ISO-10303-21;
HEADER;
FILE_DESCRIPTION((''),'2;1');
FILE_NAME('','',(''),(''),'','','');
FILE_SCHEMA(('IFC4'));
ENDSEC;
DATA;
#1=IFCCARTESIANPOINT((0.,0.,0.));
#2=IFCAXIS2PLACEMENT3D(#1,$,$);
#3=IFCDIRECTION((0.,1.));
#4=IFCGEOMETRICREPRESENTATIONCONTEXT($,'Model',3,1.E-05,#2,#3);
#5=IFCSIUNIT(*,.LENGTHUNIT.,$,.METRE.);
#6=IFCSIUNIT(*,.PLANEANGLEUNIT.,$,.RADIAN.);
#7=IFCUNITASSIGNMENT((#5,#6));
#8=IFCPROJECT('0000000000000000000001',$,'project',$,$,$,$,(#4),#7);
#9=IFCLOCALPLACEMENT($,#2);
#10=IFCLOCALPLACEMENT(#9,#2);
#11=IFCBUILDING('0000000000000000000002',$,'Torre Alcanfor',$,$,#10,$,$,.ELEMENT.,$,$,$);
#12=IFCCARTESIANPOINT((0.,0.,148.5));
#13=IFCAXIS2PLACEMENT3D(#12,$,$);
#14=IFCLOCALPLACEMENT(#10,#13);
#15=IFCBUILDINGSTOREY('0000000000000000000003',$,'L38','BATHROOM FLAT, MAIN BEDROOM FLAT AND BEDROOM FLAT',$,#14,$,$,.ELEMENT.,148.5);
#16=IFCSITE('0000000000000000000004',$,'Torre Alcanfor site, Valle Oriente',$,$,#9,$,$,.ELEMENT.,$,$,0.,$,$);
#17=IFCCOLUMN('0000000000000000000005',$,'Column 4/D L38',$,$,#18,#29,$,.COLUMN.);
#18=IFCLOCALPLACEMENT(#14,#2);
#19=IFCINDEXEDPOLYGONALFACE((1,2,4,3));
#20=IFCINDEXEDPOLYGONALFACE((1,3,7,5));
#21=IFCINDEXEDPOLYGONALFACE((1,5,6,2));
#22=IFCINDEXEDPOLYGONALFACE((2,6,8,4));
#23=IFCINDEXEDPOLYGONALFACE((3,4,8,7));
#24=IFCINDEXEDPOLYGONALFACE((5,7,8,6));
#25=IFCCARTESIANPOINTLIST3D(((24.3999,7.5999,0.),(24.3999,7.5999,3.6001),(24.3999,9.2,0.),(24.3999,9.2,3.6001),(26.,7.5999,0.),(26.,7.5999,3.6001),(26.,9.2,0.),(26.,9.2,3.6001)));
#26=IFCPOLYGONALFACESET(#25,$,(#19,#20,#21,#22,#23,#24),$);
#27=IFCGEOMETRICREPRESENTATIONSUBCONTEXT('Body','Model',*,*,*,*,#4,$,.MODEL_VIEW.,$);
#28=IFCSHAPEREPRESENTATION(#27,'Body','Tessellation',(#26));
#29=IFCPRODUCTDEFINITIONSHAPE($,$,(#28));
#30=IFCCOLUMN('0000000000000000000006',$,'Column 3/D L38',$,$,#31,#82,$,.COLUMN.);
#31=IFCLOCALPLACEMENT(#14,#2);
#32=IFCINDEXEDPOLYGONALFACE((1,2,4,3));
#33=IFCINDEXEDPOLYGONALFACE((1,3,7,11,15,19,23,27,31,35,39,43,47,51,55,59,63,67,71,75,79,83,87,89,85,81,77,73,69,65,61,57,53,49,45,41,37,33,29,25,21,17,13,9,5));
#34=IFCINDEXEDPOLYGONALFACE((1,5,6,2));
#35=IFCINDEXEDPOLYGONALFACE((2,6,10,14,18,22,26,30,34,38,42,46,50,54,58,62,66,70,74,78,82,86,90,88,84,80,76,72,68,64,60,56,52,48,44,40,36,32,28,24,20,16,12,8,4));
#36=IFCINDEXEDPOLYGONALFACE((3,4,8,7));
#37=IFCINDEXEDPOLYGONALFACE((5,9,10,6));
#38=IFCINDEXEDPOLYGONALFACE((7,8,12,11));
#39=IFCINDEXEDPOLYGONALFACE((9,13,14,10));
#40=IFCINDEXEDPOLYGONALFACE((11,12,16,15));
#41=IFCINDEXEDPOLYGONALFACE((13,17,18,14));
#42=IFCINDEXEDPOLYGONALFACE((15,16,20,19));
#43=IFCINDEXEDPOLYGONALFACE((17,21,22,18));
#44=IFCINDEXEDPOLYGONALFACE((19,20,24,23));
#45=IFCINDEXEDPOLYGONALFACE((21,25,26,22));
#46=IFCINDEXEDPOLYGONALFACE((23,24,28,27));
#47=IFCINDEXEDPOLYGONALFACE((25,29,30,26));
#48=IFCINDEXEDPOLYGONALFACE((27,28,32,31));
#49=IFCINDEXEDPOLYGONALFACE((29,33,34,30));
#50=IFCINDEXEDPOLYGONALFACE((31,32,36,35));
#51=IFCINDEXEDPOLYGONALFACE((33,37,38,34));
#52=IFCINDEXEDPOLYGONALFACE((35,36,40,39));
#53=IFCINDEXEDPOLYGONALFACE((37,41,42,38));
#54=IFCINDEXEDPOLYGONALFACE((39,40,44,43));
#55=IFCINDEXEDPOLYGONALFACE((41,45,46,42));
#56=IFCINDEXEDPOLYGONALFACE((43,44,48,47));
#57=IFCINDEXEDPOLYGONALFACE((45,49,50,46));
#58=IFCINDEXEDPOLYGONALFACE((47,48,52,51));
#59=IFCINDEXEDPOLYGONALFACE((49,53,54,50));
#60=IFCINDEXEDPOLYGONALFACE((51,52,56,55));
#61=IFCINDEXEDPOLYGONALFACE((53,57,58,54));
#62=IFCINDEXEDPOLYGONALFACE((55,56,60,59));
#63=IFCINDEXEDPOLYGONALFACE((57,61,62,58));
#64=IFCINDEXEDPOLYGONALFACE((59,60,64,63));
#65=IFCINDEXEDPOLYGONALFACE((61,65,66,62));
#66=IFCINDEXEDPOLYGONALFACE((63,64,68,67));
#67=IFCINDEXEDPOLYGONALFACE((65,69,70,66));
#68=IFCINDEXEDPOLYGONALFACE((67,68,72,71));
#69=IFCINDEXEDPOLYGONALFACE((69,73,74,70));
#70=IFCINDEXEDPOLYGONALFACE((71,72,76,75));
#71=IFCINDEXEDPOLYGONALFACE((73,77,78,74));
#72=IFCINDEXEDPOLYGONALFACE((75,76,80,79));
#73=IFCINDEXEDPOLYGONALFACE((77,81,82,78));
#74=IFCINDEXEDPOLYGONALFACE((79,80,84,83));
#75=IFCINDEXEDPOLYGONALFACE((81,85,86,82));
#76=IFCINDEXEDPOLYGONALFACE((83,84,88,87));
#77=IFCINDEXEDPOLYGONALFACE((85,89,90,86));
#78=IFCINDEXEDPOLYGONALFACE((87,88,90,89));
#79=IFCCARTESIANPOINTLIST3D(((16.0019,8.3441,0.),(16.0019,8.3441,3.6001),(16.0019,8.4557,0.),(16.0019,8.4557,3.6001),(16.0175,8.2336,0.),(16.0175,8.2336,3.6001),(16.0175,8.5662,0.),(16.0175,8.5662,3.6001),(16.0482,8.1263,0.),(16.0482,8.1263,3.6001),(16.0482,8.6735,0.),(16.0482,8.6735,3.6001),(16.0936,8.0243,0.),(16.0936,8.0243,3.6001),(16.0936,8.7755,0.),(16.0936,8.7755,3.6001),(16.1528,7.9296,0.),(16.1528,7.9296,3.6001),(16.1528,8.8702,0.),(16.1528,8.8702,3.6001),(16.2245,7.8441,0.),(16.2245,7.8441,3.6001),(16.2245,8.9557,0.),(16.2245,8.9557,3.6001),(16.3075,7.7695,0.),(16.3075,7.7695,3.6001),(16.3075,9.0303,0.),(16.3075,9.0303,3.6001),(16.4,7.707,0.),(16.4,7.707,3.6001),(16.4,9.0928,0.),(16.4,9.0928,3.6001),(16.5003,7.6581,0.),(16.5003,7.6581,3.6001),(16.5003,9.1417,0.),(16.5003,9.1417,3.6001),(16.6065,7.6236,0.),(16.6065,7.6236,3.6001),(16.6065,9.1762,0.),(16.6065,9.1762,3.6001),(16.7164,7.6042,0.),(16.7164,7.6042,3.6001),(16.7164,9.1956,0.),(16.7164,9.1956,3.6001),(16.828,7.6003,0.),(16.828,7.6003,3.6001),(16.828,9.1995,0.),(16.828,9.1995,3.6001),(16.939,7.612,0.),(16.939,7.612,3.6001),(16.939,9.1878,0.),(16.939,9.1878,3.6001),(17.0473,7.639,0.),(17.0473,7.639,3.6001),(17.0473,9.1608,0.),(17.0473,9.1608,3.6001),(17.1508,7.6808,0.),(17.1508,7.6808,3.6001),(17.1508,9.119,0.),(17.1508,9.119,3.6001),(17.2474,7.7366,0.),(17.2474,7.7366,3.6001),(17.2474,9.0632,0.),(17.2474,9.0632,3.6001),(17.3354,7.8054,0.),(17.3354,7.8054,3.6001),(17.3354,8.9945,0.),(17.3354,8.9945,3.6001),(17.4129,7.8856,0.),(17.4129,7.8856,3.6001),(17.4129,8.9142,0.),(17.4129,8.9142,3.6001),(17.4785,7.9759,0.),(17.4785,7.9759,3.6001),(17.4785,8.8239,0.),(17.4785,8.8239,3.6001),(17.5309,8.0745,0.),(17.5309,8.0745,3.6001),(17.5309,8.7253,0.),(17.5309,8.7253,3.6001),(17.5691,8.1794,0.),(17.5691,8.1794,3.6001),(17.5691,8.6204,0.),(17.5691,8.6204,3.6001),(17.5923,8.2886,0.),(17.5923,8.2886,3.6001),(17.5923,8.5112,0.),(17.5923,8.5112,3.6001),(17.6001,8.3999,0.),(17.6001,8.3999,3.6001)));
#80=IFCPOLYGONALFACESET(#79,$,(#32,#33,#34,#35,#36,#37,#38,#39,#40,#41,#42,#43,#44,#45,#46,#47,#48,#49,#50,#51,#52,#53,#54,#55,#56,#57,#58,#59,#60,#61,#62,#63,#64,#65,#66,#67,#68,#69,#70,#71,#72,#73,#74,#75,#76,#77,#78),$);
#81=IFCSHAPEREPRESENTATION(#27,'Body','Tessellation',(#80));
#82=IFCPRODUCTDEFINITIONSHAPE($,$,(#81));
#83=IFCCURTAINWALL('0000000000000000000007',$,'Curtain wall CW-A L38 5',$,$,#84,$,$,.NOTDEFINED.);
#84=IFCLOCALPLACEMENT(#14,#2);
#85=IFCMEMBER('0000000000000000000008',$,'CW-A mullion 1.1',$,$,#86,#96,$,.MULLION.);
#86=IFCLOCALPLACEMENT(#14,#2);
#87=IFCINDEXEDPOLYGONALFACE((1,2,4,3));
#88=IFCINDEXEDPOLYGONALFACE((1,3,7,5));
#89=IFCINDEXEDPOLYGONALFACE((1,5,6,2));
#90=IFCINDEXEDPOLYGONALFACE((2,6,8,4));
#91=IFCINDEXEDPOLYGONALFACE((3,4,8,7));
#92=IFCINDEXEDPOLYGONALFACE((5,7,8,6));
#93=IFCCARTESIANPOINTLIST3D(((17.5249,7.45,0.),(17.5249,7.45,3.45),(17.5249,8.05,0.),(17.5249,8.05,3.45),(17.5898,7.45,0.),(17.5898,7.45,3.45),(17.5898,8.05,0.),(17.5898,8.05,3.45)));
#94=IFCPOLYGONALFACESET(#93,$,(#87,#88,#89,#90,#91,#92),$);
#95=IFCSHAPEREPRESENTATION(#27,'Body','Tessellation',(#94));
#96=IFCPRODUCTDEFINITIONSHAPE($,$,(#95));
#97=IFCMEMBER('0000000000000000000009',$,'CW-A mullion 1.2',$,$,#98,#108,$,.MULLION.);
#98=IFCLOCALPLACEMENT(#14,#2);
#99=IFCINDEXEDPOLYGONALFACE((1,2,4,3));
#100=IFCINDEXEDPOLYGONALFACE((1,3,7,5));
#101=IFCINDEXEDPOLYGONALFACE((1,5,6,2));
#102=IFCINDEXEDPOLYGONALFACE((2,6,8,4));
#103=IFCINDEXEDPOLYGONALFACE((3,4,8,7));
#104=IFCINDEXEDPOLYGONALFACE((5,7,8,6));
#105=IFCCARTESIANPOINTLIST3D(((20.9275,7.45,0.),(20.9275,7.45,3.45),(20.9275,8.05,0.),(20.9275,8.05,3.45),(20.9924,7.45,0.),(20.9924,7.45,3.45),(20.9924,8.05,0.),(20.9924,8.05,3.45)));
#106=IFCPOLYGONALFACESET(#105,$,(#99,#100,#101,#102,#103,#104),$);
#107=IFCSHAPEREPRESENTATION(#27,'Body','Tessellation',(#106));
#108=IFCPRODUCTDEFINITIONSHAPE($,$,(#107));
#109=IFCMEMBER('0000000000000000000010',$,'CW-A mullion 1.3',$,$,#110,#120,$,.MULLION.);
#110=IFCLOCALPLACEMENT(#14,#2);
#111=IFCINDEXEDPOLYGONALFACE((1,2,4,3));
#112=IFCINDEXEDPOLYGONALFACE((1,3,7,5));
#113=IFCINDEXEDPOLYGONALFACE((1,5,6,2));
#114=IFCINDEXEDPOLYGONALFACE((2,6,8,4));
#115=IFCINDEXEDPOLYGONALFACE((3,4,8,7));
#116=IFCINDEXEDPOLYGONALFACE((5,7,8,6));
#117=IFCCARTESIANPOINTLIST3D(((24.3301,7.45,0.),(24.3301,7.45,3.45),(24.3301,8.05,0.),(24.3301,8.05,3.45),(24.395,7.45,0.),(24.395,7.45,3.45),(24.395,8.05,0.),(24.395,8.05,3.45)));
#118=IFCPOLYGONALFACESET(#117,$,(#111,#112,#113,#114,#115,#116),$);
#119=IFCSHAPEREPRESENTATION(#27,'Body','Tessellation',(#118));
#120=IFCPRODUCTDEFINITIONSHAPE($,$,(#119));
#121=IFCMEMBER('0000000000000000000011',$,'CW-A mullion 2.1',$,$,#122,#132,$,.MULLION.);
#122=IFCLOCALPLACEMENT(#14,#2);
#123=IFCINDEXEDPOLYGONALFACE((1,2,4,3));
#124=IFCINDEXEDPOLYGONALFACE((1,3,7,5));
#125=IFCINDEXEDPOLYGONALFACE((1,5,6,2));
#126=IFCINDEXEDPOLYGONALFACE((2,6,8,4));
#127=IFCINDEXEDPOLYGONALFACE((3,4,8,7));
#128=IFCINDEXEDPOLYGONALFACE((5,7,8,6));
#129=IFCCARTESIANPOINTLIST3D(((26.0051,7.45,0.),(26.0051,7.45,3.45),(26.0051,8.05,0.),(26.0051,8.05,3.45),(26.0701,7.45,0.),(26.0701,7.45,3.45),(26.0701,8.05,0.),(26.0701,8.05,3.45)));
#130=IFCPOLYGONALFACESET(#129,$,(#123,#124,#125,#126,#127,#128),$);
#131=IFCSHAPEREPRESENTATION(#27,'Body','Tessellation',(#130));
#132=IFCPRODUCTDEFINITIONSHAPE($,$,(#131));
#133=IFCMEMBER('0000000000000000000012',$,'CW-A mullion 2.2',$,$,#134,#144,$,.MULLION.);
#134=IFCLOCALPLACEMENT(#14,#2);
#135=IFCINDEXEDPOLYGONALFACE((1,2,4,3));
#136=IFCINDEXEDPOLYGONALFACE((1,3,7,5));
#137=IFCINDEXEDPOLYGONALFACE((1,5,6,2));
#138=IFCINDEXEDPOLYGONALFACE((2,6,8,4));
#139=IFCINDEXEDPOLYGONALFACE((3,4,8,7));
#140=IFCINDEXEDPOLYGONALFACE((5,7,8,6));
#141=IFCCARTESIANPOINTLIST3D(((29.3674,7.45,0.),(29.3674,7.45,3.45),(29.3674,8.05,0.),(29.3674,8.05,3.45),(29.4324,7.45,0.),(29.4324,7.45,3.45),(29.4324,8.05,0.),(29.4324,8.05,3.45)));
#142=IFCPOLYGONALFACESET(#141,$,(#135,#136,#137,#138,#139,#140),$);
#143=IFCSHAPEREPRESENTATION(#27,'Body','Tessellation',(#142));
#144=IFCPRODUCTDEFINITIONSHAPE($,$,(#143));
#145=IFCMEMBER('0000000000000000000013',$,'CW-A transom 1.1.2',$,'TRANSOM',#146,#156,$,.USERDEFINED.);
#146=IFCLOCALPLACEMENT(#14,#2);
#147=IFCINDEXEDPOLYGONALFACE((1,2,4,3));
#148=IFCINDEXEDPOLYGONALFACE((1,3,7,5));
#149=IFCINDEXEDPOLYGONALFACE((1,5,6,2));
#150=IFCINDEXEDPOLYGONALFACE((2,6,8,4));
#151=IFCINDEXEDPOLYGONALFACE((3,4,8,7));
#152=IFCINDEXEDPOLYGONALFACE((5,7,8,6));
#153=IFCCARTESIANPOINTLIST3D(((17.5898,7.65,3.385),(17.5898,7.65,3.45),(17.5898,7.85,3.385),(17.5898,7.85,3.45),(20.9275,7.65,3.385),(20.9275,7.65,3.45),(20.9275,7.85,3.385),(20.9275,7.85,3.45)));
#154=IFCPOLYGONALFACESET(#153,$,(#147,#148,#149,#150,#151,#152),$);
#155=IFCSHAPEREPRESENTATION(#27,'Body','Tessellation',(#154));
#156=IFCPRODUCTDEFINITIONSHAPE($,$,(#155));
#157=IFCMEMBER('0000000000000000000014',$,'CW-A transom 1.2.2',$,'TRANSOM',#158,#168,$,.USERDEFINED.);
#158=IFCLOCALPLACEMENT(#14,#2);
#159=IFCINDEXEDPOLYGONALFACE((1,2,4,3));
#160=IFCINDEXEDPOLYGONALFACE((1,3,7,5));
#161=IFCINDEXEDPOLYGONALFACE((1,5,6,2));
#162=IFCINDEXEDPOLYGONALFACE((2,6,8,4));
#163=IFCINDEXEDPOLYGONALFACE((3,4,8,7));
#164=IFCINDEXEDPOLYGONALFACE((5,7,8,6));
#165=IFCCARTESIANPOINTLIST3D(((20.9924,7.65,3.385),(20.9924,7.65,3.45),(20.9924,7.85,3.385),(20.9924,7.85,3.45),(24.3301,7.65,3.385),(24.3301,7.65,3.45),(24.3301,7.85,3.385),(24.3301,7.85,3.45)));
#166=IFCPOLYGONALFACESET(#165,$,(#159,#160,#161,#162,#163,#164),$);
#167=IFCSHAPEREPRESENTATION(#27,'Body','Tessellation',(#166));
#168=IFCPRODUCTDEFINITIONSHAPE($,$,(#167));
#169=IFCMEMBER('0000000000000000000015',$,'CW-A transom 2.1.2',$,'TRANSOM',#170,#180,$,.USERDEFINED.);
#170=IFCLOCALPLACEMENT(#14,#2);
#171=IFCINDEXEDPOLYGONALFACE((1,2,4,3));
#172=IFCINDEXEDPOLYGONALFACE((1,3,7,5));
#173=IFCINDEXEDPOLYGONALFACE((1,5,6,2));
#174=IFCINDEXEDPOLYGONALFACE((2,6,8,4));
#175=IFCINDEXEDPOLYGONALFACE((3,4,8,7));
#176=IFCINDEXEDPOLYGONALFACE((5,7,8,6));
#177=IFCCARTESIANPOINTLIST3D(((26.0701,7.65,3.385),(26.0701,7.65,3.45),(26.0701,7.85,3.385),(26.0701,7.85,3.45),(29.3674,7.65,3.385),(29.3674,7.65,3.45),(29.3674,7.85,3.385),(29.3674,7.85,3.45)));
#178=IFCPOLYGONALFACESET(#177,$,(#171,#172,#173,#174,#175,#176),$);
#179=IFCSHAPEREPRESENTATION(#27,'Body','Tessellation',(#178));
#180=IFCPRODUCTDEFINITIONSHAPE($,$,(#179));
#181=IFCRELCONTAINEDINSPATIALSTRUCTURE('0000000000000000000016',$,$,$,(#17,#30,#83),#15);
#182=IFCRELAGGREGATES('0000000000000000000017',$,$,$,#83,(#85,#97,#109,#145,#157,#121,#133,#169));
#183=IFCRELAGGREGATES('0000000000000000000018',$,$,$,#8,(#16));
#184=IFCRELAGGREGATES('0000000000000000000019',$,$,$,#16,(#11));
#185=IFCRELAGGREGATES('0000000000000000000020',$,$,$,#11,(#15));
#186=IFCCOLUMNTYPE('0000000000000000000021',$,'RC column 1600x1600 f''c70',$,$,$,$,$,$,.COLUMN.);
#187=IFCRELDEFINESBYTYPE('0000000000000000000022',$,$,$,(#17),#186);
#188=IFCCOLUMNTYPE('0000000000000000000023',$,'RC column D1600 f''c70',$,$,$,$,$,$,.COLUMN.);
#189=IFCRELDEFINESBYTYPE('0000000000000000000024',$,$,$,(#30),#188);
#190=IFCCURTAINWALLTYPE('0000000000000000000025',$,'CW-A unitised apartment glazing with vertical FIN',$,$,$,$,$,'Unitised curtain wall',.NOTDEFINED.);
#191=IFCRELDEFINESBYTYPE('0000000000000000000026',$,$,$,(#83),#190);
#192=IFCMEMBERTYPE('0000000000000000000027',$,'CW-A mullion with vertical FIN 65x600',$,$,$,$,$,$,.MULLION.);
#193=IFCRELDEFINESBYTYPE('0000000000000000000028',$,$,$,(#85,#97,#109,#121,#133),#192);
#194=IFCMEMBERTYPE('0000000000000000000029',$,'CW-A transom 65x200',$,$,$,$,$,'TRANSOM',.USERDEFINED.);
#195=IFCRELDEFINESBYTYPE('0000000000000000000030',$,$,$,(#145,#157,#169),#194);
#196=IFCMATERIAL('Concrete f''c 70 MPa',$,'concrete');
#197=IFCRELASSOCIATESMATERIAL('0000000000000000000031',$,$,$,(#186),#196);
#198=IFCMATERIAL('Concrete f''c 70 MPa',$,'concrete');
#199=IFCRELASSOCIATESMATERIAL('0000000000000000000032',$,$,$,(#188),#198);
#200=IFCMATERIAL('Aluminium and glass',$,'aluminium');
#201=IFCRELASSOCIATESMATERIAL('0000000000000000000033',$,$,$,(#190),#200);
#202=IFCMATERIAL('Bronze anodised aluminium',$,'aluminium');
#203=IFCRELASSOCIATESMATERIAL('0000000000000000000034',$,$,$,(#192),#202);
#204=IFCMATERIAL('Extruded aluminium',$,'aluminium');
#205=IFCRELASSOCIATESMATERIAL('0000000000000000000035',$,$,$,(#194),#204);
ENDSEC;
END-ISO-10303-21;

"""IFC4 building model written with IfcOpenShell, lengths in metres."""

from ifc_helpers import new_model, si_unit, direction, frame, origin, origin_2d, place, context, subcontext, project, spatial, rectangle, circle, extrude, material, material_profile, profile_set, type_object, element, aggregate, save


model = new_model("IFC4")

# Units and contexts
model_context = context("Model", 3, precision=1e-05, world=origin(), true_north=direction((0.0, 1.0)))
body_context = subcontext(model_context, "Body", "Model", "MODEL_VIEW")
ifc_project = project(units=[si_unit("LENGTHUNIT", "METRE"), si_unit("PLANEANGLEUNIT", "RADIAN")], contexts=[model_context])

# Site, building, storey
site_placement = place(None, origin())
site = spatial("IfcSite", under=ifc_project, at=site_placement, Name="Torre Alcanfor site, Valle Oriente", CompositionType="ELEMENT", RefElevation=0.0)
building_placement = place(site_placement, origin())
building = spatial("IfcBuilding", under=site, at=building_placement, Name="Torre Alcanfor", CompositionType="ELEMENT")
storey_placement = place(building_placement, frame((0.0, 0.0, 148.5)))
storey = spatial("IfcBuildingStorey", under=building, at=storey_placement, Name="L38", Description="BATHROOM FLAT, MAIN BEDROOM FLAT AND BEDROOM FLAT", CompositionType="ELEMENT", Elevation=148.5)

# Columns
ifc_material_1 = material(Name="Concrete f'c 70 MPa", Category="concrete")
ifc_material_profile_1 = material_profile(ifc_material_1, rectangle(XDim=1.6001, YDim=1.6001, at=origin_2d()), Name="1600x1600")
ifc_profile_set_1 = profile_set([ifc_material_profile_1], Name="Concrete f'c 70 MPa")
column_type_1 = type_object("IfcColumnType", Name="RC column 1600x1600 f'c70", PredefinedType="COLUMN", material=ifc_profile_set_1)
column_1_placement = place(storey_placement, frame((25.2, 8.3999, 0.0), z_axis=(0.0, 0.0, 1.0), x_axis=(1.0, 0.0, 0.0)))
element("IfcColumn", 1, at=column_1_placement, inside=storey, type_object=column_type_1, Name="Column 4/D L38", PredefinedType="COLUMN", context=body_context, shape_type="SweptSolid", body=[
    extrude(rectangle(XDim=1.6001, YDim=1.6001, at=origin_2d()), origin(), (0.0, 0.0, 1.0), 3.6001),
])
ifc_material_2 = material(Name="Concrete f'c 70 MPa", Category="concrete")
ifc_material_profile_2 = material_profile(ifc_material_2, circle(Radius=0.8, at=origin_2d()), Name="D1600")
ifc_profile_set_2 = profile_set([ifc_material_profile_2], Name="Concrete f'c 70 MPa")
column_type_2 = type_object("IfcColumnType", Name="RC column D1600 f'c70", PredefinedType="COLUMN", material=ifc_profile_set_2)
column_2_placement = place(storey_placement, frame((16.8, 8.3999, 0.0), z_axis=(0.0, 0.0, 1.0), x_axis=(1.0, 0.0, 0.0)))
element("IfcColumn", 2, at=column_2_placement, inside=storey, type_object=column_type_2, Name="Column 3/D L38", PredefinedType="COLUMN", context=body_context, shape_type="SweptSolid", body=[
    extrude(circle(Radius=0.8, at=origin_2d()), origin(), (0.0, 0.0, 1.0), 3.6001),
])

# Curtain wall, members
ifc_material_3 = material(Name="Aluminium and glass", Category="aluminium")
curtain_wall_type = type_object("IfcCurtainWallType", Name="CW-A unitised apartment glazing with vertical FIN", ElementType="Unitised curtain wall", PredefinedType="NOTDEFINED", material=ifc_material_3)
curtain_wall_placement = place(storey_placement, origin())
curtain_wall = element("IfcCurtainWall", 3, at=curtain_wall_placement, inside=storey, type_object=curtain_wall_type, Name="Curtain wall CW-A L38 5", PredefinedType="NOTDEFINED")
ifc_material_4 = material(Name="Bronze anodised aluminium", Category="aluminium")
ifc_material_profile_3 = material_profile(ifc_material_4, rectangle(XDim=0.6001, YDim=0.0649, at=origin_2d()), Name="CW-A mullion 65x600")
ifc_profile_set_3 = profile_set([ifc_material_profile_3], Name="Bronze anodised aluminium")
member_type_1 = type_object("IfcMemberType", Name="CW-A mullion with vertical FIN 65x600", PredefinedType="MULLION", material=ifc_profile_set_3)
member_1_placement = place(storey_placement, frame((17.5574, 7.75, 0.0), z_axis=(0.0, 0.0, 1.0), x_axis=(0.0, 1.0, 0.0)))
member_1 = element("IfcMember", 4, at=member_1_placement, type_object=member_type_1, Name="CW-A mullion 1.1", PredefinedType="MULLION", context=body_context, shape_type="SweptSolid", body=[
    extrude(rectangle(XDim=0.6001, YDim=0.0649, at=origin_2d()), origin(), (0.0, 0.0, 1.0), 3.45),
])
member_2_placement = place(storey_placement, frame((20.96, 7.75, 0.0), z_axis=(0.0, 0.0, 1.0), x_axis=(0.0, 1.0, 0.0)))
member_2 = element("IfcMember", 5, at=member_2_placement, type_object=member_type_1, Name="CW-A mullion 1.2", PredefinedType="MULLION", context=body_context, shape_type="SweptSolid", body=[
    extrude(rectangle(XDim=0.6001, YDim=0.0649, at=origin_2d()), origin(), (0.0, 0.0, 1.0), 3.45),
])
member_3_placement = place(storey_placement, frame((24.3625, 7.75, 0.0), z_axis=(0.0, 0.0, 1.0), x_axis=(0.0, 1.0, 0.0)))
member_3 = element("IfcMember", 6, at=member_3_placement, type_object=member_type_1, Name="CW-A mullion 1.3", PredefinedType="MULLION", context=body_context, shape_type="SweptSolid", body=[
    extrude(rectangle(XDim=0.6001, YDim=0.0649, at=origin_2d()), origin(), (0.0, 0.0, 1.0), 3.45),
])
member_4_placement = place(storey_placement, frame((26.0376, 7.75, 0.0), z_axis=(0.0, 0.0, 1.0), x_axis=(0.0, 1.0, 0.0)))
member_4 = element("IfcMember", 7, at=member_4_placement, type_object=member_type_1, Name="CW-A mullion 2.1", PredefinedType="MULLION", context=body_context, shape_type="SweptSolid", body=[
    extrude(rectangle(XDim=0.6001, YDim=0.0649, at=origin_2d()), origin(), (0.0, 0.0, 1.0), 3.45),
])
member_5_placement = place(storey_placement, frame((29.3999, 7.75, 0.0), z_axis=(0.0, 0.0, 1.0), x_axis=(0.0, 1.0, 0.0)))
member_5 = element("IfcMember", 8, at=member_5_placement, type_object=member_type_1, Name="CW-A mullion 2.2", PredefinedType="MULLION", context=body_context, shape_type="SweptSolid", body=[
    extrude(rectangle(XDim=0.6001, YDim=0.0649, at=origin_2d()), origin(), (0.0, 0.0, 1.0), 3.45),
])
ifc_material_5 = material(Name="Extruded aluminium", Category="aluminium")
ifc_material_profile_4 = material_profile(ifc_material_5, rectangle(XDim=0.2, YDim=0.0649, at=origin_2d()), Name="CW-A transom 200x65")
ifc_profile_set_4 = profile_set([ifc_material_profile_4], Name="Extruded aluminium")
member_type_2 = type_object("IfcMemberType", Name="CW-A transom 65x200", ElementType="TRANSOM", PredefinedType="USERDEFINED", material=ifc_profile_set_4)
member_6_placement = place(storey_placement, frame((17.5898, 7.75, 3.4175), z_axis=(1.0, 0.0, 0.0), x_axis=(0.0, 1.0, 0.0)))
member_6 = element("IfcMember", 9, at=member_6_placement, type_object=member_type_2, Name="CW-A transom 1.1.2", ObjectType="TRANSOM", PredefinedType="USERDEFINED", context=body_context, shape_type="SweptSolid", body=[
    extrude(rectangle(XDim=0.2, YDim=0.0649, at=origin_2d()), origin(), (0.0, 0.0, 1.0), 3.3376),
])
member_7_placement = place(storey_placement, frame((20.9924, 7.75, 3.4175), z_axis=(1.0, 0.0, 0.0), x_axis=(0.0, 1.0, 0.0)))
member_7 = element("IfcMember", 10, at=member_7_placement, type_object=member_type_2, Name="CW-A transom 1.2.2", ObjectType="TRANSOM", PredefinedType="USERDEFINED", context=body_context, shape_type="SweptSolid", body=[
    extrude(rectangle(XDim=0.2, YDim=0.0649, at=origin_2d()), origin(), (0.0, 0.0, 1.0), 3.3376),
])
member_8_placement = place(storey_placement, frame((26.0701, 7.75, 3.4175), z_axis=(1.0, 0.0, 0.0), x_axis=(0.0, 1.0, 0.0)))
member_8 = element("IfcMember", 11, at=member_8_placement, type_object=member_type_2, Name="CW-A transom 2.1.2", ObjectType="TRANSOM", PredefinedType="USERDEFINED", context=body_context, shape_type="SweptSolid", body=[
    extrude(rectangle(XDim=0.2, YDim=0.0649, at=origin_2d()), origin(), (0.0, 0.0, 1.0), 3.2974),
])

aggregate(curtain_wall, [member_1, member_2, member_3, member_6, member_7, member_4, member_5, member_8])

save(model, "model.ifc")
